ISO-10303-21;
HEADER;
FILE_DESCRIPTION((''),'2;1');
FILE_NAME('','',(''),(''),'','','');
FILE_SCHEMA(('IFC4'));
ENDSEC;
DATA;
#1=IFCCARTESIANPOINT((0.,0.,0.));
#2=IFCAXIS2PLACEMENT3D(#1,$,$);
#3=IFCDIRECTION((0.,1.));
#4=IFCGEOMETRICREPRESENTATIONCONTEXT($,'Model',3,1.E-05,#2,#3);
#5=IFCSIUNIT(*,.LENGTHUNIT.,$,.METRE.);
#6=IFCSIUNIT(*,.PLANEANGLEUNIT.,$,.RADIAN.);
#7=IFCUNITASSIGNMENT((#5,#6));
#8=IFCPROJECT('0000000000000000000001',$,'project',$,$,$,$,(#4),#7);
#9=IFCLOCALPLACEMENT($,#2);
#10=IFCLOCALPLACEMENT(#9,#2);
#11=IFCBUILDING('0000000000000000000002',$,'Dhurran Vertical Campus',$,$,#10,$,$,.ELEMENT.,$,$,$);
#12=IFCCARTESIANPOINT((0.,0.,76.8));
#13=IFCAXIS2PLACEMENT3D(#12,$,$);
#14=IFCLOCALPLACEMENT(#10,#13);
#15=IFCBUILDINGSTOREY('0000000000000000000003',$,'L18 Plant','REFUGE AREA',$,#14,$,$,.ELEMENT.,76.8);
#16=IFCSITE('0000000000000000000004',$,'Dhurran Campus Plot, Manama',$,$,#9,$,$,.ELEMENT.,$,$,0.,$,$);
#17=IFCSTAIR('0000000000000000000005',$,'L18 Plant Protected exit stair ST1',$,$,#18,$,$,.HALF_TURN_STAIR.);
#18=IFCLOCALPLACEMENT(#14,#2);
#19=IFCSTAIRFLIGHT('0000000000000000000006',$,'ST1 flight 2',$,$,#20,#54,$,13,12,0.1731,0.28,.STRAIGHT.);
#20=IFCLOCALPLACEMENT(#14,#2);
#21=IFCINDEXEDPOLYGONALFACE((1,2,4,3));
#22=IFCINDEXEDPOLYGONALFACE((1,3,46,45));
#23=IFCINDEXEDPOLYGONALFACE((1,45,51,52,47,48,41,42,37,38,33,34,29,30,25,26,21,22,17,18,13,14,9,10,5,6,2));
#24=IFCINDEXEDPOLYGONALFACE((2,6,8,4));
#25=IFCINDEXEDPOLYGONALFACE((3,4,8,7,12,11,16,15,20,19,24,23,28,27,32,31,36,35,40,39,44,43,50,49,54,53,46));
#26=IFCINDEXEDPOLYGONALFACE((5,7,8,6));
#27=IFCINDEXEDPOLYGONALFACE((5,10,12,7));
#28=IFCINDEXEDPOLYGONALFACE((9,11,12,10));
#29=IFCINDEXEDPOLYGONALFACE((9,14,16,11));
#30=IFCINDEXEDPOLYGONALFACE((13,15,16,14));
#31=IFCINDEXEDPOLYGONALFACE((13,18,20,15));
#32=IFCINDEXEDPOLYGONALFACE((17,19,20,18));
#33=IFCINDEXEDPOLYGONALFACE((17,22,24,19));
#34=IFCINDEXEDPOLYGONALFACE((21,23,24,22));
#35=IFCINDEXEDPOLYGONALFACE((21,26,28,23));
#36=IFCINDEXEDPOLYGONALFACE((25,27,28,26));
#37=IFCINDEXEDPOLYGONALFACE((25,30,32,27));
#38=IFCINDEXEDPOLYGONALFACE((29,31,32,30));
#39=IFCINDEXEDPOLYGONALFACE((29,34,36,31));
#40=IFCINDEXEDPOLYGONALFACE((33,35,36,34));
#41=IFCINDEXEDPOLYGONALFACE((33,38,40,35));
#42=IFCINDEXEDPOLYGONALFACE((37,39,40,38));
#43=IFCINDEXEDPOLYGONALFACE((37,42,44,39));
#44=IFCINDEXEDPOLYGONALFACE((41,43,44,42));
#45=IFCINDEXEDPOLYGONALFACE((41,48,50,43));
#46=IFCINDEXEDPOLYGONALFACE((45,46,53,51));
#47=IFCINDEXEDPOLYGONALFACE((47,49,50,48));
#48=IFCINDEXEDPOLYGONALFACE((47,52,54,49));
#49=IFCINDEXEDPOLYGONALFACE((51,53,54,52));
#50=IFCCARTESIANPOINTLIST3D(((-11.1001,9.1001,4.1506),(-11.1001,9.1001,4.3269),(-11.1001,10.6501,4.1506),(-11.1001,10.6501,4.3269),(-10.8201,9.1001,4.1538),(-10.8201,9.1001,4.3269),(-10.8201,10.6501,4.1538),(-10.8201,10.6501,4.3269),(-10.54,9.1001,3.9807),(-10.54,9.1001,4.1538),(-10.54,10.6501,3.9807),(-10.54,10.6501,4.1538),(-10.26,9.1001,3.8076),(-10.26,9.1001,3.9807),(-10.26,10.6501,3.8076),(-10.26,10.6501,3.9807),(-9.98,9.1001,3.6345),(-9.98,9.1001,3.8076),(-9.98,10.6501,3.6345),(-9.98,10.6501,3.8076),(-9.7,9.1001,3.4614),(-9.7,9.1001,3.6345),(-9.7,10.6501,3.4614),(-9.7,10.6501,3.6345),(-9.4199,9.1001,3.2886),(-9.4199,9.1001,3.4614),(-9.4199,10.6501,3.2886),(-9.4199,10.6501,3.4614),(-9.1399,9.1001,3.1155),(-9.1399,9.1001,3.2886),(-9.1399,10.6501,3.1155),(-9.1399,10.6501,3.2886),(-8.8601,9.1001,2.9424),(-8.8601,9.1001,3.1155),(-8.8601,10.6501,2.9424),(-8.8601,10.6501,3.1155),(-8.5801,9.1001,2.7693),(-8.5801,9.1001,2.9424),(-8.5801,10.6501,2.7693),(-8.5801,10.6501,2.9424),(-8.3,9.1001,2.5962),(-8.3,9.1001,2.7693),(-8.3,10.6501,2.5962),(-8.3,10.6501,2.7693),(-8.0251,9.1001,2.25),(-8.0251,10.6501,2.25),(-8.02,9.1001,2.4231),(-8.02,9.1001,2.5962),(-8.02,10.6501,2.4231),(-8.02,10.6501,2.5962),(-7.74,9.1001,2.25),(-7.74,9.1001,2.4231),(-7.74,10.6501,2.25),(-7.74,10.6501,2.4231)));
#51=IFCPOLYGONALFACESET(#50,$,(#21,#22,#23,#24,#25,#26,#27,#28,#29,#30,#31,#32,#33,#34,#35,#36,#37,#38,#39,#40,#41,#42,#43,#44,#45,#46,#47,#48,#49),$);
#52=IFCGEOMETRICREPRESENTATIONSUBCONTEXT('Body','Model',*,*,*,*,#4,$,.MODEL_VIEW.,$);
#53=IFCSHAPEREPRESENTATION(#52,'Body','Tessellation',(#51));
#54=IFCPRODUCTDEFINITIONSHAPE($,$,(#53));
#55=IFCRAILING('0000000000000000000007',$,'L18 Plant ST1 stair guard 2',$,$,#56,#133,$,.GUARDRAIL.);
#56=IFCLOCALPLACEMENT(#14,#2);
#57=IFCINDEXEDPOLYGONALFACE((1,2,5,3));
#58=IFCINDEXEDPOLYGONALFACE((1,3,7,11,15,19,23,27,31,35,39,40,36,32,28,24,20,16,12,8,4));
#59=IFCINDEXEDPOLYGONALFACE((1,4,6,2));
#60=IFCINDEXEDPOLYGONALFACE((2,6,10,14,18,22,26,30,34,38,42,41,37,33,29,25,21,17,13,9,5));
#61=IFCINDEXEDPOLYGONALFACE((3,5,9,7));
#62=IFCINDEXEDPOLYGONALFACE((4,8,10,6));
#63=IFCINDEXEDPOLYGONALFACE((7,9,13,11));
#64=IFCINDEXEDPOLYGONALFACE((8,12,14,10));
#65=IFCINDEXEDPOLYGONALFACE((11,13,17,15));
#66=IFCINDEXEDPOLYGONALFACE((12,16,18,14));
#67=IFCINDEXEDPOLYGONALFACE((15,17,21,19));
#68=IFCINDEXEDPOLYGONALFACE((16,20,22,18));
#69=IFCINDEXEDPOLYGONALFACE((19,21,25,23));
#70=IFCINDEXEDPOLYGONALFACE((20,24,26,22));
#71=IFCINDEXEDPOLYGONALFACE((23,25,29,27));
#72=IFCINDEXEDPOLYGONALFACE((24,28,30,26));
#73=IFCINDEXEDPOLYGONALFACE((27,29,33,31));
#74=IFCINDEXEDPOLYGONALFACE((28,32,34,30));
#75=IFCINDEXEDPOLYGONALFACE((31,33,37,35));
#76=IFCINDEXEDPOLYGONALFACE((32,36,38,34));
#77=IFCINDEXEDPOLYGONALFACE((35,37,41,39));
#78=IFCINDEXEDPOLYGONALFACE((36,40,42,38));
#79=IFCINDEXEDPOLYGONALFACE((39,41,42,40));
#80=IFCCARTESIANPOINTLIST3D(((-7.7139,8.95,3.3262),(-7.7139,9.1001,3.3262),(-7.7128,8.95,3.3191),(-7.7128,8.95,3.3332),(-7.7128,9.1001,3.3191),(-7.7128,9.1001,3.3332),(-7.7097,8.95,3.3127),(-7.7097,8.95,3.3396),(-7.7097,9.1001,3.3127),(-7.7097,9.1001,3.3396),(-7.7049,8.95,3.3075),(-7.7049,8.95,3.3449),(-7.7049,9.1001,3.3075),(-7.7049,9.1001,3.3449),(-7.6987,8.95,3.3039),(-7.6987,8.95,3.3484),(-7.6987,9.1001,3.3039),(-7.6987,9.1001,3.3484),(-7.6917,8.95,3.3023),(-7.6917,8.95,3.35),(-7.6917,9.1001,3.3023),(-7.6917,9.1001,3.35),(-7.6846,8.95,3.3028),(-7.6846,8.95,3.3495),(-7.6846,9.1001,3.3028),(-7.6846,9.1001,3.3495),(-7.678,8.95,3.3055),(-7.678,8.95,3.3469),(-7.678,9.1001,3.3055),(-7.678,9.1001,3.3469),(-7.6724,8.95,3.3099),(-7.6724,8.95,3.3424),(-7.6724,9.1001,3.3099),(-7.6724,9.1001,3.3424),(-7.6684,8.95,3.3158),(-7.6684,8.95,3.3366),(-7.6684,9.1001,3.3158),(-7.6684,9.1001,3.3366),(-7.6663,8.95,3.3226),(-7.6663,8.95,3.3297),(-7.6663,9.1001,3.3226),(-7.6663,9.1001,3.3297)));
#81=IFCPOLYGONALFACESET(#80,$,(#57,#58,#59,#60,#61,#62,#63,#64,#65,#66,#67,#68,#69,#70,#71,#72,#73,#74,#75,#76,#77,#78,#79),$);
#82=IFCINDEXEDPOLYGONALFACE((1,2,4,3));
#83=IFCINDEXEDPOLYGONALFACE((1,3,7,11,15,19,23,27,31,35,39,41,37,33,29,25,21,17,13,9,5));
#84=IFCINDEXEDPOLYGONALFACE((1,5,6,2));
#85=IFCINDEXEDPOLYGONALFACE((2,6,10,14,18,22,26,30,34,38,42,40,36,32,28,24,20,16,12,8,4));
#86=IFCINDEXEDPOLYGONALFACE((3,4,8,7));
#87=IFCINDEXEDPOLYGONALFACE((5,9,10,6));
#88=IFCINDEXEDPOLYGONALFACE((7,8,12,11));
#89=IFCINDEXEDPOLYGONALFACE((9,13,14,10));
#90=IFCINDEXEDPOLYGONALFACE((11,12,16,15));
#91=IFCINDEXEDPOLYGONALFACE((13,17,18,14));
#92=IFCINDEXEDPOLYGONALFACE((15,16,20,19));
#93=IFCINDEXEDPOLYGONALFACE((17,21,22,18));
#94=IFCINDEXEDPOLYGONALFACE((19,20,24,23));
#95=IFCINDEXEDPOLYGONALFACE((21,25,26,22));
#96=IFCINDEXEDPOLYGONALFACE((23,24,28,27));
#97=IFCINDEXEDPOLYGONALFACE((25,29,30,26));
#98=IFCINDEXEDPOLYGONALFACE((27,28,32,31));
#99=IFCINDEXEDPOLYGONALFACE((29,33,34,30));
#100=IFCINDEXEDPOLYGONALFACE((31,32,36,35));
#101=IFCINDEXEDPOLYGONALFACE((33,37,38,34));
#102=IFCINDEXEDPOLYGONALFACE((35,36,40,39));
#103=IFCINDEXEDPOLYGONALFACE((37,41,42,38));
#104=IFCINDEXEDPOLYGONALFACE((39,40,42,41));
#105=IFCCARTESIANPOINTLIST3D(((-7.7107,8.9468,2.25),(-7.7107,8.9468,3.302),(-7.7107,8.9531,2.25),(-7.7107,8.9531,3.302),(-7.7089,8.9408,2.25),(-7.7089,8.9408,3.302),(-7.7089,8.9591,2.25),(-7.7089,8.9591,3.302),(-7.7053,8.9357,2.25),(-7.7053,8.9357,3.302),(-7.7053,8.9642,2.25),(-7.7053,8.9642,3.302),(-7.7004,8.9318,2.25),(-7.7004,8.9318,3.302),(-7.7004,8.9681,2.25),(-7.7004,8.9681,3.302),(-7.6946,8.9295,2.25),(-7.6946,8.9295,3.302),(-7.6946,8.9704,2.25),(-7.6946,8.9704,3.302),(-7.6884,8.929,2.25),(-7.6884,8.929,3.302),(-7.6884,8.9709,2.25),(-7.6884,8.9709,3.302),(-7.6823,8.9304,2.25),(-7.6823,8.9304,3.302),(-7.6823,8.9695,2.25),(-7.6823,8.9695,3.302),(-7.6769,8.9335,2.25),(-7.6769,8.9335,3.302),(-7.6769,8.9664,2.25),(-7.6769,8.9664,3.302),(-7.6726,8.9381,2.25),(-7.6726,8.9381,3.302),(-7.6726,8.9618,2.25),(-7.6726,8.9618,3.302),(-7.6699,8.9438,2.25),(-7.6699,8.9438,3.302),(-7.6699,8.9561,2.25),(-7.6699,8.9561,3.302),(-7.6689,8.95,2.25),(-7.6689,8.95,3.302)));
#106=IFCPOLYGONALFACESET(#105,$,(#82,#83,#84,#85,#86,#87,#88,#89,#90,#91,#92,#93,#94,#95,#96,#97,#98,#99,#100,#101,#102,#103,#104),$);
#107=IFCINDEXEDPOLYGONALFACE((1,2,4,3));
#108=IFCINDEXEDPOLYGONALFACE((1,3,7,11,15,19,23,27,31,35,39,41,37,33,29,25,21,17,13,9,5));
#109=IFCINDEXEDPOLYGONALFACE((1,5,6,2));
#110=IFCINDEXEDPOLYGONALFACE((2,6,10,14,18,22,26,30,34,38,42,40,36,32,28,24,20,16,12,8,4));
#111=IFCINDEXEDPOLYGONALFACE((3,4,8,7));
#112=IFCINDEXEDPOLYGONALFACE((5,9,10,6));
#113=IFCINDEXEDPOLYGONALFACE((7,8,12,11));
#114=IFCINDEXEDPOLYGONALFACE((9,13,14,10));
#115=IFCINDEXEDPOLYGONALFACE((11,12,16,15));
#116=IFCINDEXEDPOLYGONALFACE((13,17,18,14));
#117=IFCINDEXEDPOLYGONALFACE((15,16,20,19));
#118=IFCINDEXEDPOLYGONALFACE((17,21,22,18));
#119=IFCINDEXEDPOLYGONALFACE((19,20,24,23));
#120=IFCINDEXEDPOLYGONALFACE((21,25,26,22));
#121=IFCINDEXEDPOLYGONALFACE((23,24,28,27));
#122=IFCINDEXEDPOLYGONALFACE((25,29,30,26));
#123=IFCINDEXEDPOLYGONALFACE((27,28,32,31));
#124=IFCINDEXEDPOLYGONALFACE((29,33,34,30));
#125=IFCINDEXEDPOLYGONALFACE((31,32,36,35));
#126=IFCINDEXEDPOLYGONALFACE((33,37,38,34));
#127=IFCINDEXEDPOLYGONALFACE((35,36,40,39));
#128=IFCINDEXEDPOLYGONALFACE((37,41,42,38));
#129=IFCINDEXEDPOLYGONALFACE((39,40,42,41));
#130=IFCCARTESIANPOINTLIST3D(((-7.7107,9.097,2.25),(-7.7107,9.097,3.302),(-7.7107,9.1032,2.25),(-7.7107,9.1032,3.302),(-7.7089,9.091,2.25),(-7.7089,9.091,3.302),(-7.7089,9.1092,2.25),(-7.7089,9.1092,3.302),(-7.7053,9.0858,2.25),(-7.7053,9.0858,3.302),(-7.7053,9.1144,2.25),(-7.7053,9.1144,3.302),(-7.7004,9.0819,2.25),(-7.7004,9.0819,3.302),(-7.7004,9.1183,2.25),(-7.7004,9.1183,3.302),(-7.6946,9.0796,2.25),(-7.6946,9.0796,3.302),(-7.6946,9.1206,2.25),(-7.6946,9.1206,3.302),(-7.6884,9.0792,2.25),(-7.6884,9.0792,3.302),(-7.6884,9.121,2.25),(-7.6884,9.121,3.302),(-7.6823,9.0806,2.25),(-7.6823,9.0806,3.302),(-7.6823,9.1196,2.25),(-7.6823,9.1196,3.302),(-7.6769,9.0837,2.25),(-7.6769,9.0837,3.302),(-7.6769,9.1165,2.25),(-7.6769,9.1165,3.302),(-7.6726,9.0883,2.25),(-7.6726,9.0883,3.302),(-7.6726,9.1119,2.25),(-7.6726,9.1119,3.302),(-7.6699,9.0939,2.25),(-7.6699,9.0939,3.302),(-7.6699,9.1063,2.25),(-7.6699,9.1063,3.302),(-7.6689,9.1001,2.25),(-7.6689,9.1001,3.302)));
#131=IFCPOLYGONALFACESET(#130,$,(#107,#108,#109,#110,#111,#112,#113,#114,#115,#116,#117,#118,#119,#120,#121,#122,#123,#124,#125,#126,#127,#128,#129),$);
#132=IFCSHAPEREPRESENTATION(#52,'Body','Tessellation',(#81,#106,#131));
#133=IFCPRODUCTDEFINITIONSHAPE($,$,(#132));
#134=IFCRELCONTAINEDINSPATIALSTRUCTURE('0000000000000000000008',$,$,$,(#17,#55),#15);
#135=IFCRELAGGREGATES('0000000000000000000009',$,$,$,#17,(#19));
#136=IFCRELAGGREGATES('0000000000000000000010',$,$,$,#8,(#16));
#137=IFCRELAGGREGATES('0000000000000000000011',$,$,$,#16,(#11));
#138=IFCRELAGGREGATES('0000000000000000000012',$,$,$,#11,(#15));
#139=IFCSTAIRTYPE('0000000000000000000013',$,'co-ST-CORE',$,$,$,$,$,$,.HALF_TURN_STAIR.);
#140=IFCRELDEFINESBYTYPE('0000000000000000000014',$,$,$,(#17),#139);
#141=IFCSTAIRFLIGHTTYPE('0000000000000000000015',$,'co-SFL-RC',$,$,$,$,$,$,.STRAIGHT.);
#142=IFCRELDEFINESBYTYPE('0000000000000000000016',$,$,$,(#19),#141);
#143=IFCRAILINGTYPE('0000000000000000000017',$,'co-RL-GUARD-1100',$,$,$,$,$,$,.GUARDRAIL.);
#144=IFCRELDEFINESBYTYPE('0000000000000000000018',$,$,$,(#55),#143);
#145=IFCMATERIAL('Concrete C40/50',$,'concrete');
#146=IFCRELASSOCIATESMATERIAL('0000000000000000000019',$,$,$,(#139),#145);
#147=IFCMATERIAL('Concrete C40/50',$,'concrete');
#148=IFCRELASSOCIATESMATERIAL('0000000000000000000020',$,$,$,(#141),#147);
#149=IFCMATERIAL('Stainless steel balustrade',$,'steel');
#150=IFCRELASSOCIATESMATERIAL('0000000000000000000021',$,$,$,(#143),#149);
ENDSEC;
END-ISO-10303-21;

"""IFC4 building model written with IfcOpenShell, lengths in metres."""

from ifc_helpers import new_model, si_unit, direction, frame, origin, origin_2d, place, context, subcontext, project, spatial, polyline, circle, outline, extrude, material, type_object, element, aggregate, save


model = new_model("IFC4")

# Units and contexts
model_context = context("Model", 3, precision=1e-05, world=origin(), true_north=direction((0.0, 1.0)))
body_context = subcontext(model_context, "Body", "Model", "MODEL_VIEW")
ifc_project = project(units=[si_unit("LENGTHUNIT", "METRE"), si_unit("PLANEANGLEUNIT", "RADIAN")], contexts=[model_context])

# Site, building, storey
site_placement = place(None, origin())
site = spatial("IfcSite", under=ifc_project, at=site_placement, Name="Dhurran Campus Plot, Manama", CompositionType="ELEMENT", RefElevation=0.0)
building_placement = place(site_placement, origin())
building = spatial("IfcBuilding", under=site, at=building_placement, Name="Dhurran Vertical Campus", CompositionType="ELEMENT")
storey_placement = place(building_placement, frame((0.0, 0.0, 76.8)))
storey = spatial("IfcBuildingStorey", under=building, at=storey_placement, Name="L18 Plant", Description="REFUGE AREA", CompositionType="ELEMENT", Elevation=76.8)

# Stair, stair flight
ifc_material_1 = material(Name="Concrete C40/50", Category="concrete")
stair_type = type_object("IfcStairType", Name="co-ST-CORE", PredefinedType="HALF_TURN_STAIR", material=ifc_material_1)
stair_placement = place(storey_placement, origin())
stair = element("IfcStair", 1, at=stair_placement, inside=storey, type_object=stair_type, Name="L18 Plant Protected exit stair ST1", PredefinedType="HALF_TURN_STAIR")
ifc_material_2 = material(Name="Concrete C40/50", Category="concrete")
stair_flight_type = type_object("IfcStairFlightType", Name="co-SFL-RC", PredefinedType="STRAIGHT", material=ifc_material_2)
stair_flight_placement = place(storey_placement, frame((-7.74, 9.875, 2.25), z_axis=(0.0, 0.0, 1.0), x_axis=(-1.0, 0.0, 0.0)))
stair_flight = element("IfcStairFlight", 2, at=stair_flight_placement, type_object=stair_flight_type, Name="ST1 flight 2", NumberOfRisers=13, NumberOfTreads=12, PredefinedType="STRAIGHT", RiserHeight=0.1731, TreadLength=0.28, context=body_context, shape_type="SweptSolid", body=[
    extrude(outline(polyline([(0.0, 0.0), (0.0, 0.1731), (0.28, 0.1731), (0.28, 0.3462), (0.5601, 0.3462), (0.5601, 0.5193), (0.8401, 0.5193), (0.8401, 0.6924), (1.1201, 0.6924), (1.1201, 0.8655), (1.3999, 0.8655), (1.3999, 1.0386), (1.6799, 1.0386), (1.6799, 1.2114), (1.96, 1.2114), (1.96, 1.3845), (2.24, 1.3845), (2.24, 1.5576), (2.52, 1.5576), (2.52, 1.7307), (2.8, 1.7307), (2.8, 1.9038), (3.0801, 1.9038), (3.0801, 2.0769), (3.3601, 2.0769), (3.3601, 2.25), (3.3601, 1.9006), (0.2852, 0.0), (0.0, 0.0)])), frame((0.0, 0.7749, 0.0), z_axis=(0.0, -1.0, 0.0), x_axis=(1.0, 0.0, 0.0)), (0.0, 0.0, 1.0), 1.55),
])
aggregate(stair, [stair_flight])

# Railing
ifc_material_3 = material(Name="Stainless steel balustrade", Category="steel")
railing_type_1 = type_object("IfcRailingType", Name="co-RL-GUARD-1100", PredefinedType="GUARDRAIL", material=ifc_material_3)
railing_1_placement = place(storey_placement, frame((-7.6899, 8.95, 2.25)))
element("IfcRailing", 3, at=railing_1_placement, inside=storey, type_object=railing_type_1, Name="L18 Plant ST1 stair guard 2", PredefinedType="GUARDRAIL", context=body_context, shape_type="SweptSolid", body=[
    extrude(circle(Radius=0.0239, at=origin_2d()), frame((0.0, 0.0, 1.0762), z_axis=(0.0, 1.0, 0.0), x_axis=(-1.0, 0.0, 0.0)), (0.0, 0.0, 1.0), 0.1501),
    extrude(circle(Radius=0.021, at=origin_2d()), origin(), (0.0, 0.0, 1.0), 1.052),
    extrude(circle(Radius=0.021, at=origin_2d()), frame((0.0, 0.1501, 0.0)), (0.0, 0.0, 1.0), 1.052),
])

save(model, "model.ifc")
